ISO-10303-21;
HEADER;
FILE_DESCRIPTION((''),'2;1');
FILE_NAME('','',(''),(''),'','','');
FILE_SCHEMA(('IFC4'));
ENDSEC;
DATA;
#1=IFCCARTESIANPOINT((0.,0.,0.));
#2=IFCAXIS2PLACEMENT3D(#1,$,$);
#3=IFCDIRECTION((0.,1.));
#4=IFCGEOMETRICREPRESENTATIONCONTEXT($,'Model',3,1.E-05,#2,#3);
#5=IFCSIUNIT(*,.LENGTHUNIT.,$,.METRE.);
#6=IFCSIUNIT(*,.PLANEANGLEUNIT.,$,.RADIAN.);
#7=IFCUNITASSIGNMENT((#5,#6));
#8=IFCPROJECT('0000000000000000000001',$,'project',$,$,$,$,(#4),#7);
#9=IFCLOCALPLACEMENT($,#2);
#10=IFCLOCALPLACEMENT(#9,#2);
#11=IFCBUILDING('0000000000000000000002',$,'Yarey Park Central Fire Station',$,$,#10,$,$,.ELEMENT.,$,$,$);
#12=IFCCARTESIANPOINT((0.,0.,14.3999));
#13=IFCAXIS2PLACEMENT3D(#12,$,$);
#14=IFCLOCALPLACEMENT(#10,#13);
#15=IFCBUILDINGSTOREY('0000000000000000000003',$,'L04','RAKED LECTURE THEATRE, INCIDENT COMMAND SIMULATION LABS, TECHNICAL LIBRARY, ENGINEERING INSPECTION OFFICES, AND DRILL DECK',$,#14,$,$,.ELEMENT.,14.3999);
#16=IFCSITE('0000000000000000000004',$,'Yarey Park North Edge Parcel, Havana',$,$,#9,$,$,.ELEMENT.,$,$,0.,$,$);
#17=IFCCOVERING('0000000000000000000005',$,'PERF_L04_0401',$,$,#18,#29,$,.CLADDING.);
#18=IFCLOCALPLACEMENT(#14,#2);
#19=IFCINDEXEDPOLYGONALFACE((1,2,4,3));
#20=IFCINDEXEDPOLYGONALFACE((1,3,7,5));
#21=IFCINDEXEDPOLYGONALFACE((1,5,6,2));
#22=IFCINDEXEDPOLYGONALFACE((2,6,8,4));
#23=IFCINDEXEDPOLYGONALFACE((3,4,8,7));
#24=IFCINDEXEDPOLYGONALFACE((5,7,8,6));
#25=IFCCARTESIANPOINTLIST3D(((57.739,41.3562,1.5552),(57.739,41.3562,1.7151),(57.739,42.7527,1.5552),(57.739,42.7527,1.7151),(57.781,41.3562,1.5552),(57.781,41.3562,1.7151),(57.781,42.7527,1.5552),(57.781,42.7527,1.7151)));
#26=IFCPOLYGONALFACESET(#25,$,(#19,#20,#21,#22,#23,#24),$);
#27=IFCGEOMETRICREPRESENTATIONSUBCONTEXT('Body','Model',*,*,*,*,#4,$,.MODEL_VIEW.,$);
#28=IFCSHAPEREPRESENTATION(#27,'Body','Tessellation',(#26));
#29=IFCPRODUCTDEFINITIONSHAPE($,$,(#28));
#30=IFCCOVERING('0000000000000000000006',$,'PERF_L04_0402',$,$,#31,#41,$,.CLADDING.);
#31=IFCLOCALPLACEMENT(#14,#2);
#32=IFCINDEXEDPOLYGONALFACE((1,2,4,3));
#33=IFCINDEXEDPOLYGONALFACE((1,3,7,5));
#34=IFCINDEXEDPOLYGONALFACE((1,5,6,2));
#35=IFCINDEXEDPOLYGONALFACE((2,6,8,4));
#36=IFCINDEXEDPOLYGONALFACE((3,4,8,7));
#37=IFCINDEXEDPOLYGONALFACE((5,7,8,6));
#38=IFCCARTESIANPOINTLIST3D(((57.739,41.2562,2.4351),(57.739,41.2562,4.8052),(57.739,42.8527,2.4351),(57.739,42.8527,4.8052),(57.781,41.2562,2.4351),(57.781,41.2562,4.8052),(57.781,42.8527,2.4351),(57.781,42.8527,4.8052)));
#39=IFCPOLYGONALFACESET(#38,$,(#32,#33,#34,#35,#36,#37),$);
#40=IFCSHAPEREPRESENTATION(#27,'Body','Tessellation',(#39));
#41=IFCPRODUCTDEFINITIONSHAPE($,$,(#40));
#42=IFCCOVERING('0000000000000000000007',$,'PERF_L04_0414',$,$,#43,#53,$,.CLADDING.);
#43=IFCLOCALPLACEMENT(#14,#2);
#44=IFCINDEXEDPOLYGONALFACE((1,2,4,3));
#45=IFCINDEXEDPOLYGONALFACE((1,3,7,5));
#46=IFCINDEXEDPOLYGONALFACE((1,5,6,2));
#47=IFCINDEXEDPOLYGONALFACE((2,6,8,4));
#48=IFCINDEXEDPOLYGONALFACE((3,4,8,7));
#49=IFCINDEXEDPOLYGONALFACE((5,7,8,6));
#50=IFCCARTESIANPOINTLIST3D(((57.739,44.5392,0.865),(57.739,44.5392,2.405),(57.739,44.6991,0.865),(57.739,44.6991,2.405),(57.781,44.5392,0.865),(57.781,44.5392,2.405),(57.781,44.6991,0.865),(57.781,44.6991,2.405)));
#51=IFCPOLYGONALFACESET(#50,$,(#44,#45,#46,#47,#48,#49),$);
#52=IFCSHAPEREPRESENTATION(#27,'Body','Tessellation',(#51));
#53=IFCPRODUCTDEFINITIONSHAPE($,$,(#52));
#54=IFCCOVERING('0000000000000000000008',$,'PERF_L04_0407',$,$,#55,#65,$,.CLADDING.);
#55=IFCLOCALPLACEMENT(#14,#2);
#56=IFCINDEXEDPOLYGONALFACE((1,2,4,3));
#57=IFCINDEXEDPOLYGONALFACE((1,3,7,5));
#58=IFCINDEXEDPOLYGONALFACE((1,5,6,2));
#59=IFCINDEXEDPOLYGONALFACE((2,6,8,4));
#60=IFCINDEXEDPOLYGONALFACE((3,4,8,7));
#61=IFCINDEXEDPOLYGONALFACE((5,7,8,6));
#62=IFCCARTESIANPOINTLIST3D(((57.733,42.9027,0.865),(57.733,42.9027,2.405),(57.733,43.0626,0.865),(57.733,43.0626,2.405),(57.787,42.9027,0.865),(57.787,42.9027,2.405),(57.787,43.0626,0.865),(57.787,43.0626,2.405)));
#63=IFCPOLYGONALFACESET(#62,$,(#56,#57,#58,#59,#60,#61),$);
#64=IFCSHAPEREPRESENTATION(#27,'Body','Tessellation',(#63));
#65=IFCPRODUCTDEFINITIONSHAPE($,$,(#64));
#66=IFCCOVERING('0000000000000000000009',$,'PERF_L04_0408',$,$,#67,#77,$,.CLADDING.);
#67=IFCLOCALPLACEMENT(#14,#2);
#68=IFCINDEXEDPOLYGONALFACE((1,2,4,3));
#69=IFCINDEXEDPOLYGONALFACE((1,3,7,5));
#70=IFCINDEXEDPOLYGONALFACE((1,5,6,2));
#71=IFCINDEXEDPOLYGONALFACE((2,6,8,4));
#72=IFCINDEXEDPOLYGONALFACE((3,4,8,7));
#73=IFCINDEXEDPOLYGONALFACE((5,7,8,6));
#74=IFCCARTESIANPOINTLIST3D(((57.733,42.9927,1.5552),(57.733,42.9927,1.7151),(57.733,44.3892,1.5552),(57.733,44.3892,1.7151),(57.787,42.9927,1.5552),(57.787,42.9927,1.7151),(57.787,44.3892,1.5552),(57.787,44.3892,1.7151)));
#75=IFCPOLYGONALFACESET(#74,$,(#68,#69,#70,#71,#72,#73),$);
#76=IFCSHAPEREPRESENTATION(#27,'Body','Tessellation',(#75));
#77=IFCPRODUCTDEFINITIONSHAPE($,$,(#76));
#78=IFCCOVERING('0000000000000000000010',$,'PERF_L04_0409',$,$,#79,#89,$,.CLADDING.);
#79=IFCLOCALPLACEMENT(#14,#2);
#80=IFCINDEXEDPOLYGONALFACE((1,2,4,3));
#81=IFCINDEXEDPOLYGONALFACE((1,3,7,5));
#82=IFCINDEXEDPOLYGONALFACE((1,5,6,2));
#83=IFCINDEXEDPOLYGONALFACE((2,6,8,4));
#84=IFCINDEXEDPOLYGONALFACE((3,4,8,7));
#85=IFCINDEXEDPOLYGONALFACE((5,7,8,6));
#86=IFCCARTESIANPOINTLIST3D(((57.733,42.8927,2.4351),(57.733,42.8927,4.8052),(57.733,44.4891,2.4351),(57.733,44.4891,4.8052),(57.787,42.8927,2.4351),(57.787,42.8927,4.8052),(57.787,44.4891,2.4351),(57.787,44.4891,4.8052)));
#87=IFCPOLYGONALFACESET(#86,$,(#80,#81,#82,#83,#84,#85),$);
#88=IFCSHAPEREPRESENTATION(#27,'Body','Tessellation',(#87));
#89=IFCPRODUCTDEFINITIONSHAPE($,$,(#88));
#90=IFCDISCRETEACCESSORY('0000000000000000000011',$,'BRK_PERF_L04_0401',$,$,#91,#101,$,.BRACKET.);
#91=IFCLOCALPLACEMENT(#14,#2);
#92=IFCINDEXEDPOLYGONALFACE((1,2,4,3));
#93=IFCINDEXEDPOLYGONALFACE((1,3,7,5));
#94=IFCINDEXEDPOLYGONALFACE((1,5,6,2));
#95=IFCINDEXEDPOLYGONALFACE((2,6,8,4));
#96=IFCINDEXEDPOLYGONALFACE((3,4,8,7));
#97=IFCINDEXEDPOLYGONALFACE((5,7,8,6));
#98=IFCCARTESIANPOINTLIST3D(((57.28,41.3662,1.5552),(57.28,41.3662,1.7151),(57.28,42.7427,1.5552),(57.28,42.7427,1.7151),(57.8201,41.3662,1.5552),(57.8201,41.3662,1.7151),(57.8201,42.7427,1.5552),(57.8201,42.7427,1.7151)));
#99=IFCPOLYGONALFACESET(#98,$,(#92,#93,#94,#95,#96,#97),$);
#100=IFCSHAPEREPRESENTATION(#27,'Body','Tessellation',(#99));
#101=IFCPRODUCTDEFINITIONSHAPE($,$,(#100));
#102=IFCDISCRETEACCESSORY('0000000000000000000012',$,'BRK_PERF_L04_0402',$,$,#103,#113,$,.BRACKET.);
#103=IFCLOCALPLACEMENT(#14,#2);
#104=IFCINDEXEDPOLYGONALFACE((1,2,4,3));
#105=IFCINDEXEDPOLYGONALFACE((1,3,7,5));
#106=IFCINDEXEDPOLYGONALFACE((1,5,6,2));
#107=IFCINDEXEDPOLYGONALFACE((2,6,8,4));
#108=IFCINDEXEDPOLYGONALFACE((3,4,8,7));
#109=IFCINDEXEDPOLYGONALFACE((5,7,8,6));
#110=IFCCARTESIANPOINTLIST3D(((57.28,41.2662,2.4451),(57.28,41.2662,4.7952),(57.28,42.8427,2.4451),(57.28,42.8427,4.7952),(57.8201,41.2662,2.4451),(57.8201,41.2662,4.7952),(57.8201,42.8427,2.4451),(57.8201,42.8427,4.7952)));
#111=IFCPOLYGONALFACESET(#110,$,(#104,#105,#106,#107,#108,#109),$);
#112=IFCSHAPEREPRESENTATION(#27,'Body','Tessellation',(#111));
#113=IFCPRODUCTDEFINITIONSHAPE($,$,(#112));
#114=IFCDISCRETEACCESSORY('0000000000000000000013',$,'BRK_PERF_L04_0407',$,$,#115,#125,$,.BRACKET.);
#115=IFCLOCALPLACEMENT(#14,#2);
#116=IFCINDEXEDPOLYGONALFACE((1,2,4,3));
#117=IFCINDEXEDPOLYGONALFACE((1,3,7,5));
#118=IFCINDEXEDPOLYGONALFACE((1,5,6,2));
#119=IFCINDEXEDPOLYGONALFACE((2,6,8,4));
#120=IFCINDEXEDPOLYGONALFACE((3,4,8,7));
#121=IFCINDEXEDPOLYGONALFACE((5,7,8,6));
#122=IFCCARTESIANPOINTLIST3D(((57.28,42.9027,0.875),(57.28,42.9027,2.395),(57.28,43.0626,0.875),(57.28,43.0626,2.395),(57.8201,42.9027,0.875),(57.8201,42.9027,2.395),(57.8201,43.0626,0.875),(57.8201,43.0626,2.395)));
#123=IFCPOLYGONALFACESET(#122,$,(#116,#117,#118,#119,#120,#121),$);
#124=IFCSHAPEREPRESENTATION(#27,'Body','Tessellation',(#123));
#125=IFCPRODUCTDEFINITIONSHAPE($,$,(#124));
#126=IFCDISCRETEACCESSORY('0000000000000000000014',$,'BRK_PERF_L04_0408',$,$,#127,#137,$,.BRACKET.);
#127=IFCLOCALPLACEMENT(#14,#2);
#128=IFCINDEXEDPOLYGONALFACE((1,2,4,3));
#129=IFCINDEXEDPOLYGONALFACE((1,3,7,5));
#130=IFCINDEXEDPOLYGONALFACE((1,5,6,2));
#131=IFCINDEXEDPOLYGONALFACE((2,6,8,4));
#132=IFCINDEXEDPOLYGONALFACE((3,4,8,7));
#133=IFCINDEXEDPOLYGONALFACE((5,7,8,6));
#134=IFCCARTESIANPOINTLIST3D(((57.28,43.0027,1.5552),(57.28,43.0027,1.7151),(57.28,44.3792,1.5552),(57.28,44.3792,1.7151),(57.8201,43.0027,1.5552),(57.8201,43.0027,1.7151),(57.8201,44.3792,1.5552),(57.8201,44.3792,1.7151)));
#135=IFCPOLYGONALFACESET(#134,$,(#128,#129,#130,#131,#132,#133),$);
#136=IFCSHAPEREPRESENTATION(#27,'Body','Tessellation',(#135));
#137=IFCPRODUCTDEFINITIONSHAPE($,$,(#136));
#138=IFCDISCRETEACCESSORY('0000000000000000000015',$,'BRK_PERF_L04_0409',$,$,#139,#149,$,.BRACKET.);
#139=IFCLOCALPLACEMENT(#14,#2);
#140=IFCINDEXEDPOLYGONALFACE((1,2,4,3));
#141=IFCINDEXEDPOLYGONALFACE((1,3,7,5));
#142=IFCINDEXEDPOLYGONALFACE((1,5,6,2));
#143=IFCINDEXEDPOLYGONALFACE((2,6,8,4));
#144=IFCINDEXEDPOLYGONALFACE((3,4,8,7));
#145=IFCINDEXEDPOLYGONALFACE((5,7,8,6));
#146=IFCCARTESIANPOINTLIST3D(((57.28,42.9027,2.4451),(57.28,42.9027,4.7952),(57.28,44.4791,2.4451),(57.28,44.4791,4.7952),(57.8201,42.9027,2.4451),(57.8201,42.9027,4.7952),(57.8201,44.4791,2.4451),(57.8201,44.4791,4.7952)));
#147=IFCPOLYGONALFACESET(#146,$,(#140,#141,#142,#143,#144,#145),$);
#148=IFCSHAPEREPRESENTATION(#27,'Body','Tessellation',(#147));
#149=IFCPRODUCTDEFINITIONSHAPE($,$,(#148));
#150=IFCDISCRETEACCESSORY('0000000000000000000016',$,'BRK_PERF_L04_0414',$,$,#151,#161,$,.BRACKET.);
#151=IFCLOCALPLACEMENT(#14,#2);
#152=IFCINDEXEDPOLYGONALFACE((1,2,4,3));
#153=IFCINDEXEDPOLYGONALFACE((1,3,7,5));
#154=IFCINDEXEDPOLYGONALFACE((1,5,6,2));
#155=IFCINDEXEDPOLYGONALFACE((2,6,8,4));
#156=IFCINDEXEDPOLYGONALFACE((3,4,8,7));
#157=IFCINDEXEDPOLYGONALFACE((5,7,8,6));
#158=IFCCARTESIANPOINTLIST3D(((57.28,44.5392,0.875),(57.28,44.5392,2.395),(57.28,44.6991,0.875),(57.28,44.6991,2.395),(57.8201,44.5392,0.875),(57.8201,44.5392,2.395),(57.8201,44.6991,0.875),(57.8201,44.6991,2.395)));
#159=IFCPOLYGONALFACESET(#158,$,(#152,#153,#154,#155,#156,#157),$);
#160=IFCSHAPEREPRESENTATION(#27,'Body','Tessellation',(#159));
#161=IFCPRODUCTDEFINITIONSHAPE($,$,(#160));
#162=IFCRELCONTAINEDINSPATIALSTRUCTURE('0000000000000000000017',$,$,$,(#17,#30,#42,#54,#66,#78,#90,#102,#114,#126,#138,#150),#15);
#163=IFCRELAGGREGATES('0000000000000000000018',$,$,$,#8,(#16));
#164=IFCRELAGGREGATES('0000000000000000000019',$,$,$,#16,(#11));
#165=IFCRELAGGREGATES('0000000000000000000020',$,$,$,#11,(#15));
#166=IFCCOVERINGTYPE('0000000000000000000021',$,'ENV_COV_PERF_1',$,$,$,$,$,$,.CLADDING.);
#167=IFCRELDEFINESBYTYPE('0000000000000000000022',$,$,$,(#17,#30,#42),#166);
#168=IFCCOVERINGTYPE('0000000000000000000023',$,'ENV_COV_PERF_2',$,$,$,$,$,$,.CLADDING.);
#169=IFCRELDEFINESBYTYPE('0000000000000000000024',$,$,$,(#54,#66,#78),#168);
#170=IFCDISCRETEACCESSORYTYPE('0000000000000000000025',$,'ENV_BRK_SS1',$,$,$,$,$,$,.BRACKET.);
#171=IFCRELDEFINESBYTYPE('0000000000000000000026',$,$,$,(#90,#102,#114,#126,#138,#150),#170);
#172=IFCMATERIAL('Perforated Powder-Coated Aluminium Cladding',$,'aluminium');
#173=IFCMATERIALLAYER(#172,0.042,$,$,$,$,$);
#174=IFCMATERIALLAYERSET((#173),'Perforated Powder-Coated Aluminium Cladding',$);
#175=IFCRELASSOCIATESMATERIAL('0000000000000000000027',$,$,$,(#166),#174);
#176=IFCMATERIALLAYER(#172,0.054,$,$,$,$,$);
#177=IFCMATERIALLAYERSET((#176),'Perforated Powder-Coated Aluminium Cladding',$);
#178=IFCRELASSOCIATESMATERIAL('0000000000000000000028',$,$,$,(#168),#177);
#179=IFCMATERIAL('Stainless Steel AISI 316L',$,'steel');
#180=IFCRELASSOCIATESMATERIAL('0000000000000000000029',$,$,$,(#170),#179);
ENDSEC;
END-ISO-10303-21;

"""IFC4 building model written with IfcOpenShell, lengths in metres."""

from ifc_helpers import new_model, si_unit, direction, frame, origin, origin_2d, place, context, subcontext, project, spatial, rectangle, extrude, material, layer, layer_set, type_object, element, save


model = new_model("IFC4")

# Units and contexts
model_context = context("Model", 3, precision=1e-05, world=origin(), true_north=direction((0.0, 1.0)))
body_context = subcontext(model_context, "Body", "Model", "MODEL_VIEW")
ifc_project = project(units=[si_unit("LENGTHUNIT", "METRE"), si_unit("PLANEANGLEUNIT", "RADIAN")], contexts=[model_context])

# Site, building, storey
site_placement = place(None, origin())
site = spatial("IfcSite", under=ifc_project, at=site_placement, Name="Yarey Park North Edge Parcel, Havana", CompositionType="ELEMENT", RefElevation=0.0)
building_placement = place(site_placement, origin())
building = spatial("IfcBuilding", under=site, at=building_placement, Name="Yarey Park Central Fire Station", CompositionType="ELEMENT")
storey_placement = place(building_placement, frame((0.0, 0.0, 14.3999)))
storey = spatial("IfcBuildingStorey", under=building, at=storey_placement, Name="L04", Description="RAKED LECTURE THEATRE, INCIDENT COMMAND SIMULATION LABS, TECHNICAL LIBRARY, ENGINEERING INSPECTION OFFICES, AND DRILL DECK", CompositionType="ELEMENT", Elevation=14.3999)

# Coverings
ifc_material_1 = material(Name="Perforated Powder-Coated Aluminium Cladding", Category="aluminium")
ifc_layer_1 = layer(ifc_material_1, 0.042)
ifc_layer_set_1 = layer_set([ifc_layer_1], Name="Perforated Powder-Coated Aluminium Cladding")
covering_type_1 = type_object("IfcCoveringType", Name="ENV_COV_PERF_1", PredefinedType="CLADDING", material=ifc_layer_set_1)
covering_1_placement = place(storey_placement, frame((57.76, 42.0544, 1.5552), z_axis=(0.0, 0.0, 1.0), x_axis=(0.0, 1.0, 0.0)))
element("IfcCovering", 1, at=covering_1_placement, inside=storey, type_object=covering_type_1, Name="PERF_L04_0401", PredefinedType="CLADDING", context=body_context, shape_type="SweptSolid", body=[
    extrude(rectangle(XDim=1.3965, YDim=0.042, at=origin_2d()), origin(), (0.0, 0.0, 1.0), 0.1599),
])
covering_2_placement = place(storey_placement, frame((57.76, 42.0544, 2.4351), z_axis=(0.0, 0.0, 1.0), x_axis=(0.0, 1.0, 0.0)))
element("IfcCovering", 2, at=covering_2_placement, inside=storey, type_object=covering_type_1, Name="PERF_L04_0402", PredefinedType="CLADDING", context=body_context, shape_type="SweptSolid", body=[
    extrude(rectangle(XDim=1.5964, YDim=0.042, at=origin_2d()), origin(), (0.0, 0.0, 1.0), 2.3701),
])
covering_3_placement = place(storey_placement, frame((57.76, 44.6191, 0.865), z_axis=(0.0, 0.0, 1.0), x_axis=(0.0, 1.0, 0.0)))
element("IfcCovering", 3, at=covering_3_placement, inside=storey, type_object=covering_type_1, Name="PERF_L04_0414", PredefinedType="CLADDING", context=body_context, shape_type="SweptSolid", body=[
    extrude(rectangle(XDim=0.1599, YDim=0.042, at=origin_2d()), origin(), (0.0, 0.0, 1.0), 1.54),
])
ifc_layer_2 = layer(ifc_material_1, 0.054)
ifc_layer_set_2 = layer_set([ifc_layer_2], Name="Perforated Powder-Coated Aluminium Cladding")
covering_type_2 = type_object("IfcCoveringType", Name="ENV_COV_PERF_2", PredefinedType="CLADDING", material=ifc_layer_set_2)
covering_4_placement = place(storey_placement, frame((57.76, 42.9827, 0.865), z_axis=(0.0, 0.0, 1.0), x_axis=(0.0, 1.0, 0.0)))
element("IfcCovering", 4, at=covering_4_placement, inside=storey, type_object=covering_type_2, Name="PERF_L04_0407", PredefinedType="CLADDING", context=body_context, shape_type="SweptSolid", body=[
    extrude(rectangle(XDim=0.1599, YDim=0.054, at=origin_2d()), origin(), (0.0, 0.0, 1.0), 1.54),
])
covering_5_placement = place(storey_placement, frame((57.76, 43.6909, 1.5552), z_axis=(0.0, 0.0, 1.0), x_axis=(0.0, 1.0, 0.0)))
element("IfcCovering", 5, at=covering_5_placement, inside=storey, type_object=covering_type_2, Name="PERF_L04_0408", PredefinedType="CLADDING", context=body_context, shape_type="SweptSolid", body=[
    extrude(rectangle(XDim=1.3965, YDim=0.054, at=origin_2d()), origin(), (0.0, 0.0, 1.0), 0.1599),
])
covering_6_placement = place(storey_placement, frame((57.76, 43.6909, 2.4351), z_axis=(0.0, 0.0, 1.0), x_axis=(0.0, 1.0, 0.0)))
element("IfcCovering", 6, at=covering_6_placement, inside=storey, type_object=covering_type_2, Name="PERF_L04_0409", PredefinedType="CLADDING", context=body_context, shape_type="SweptSolid", body=[
    extrude(rectangle(XDim=1.5964, YDim=0.054, at=origin_2d()), origin(), (0.0, 0.0, 1.0), 2.3701),
])

# Discrete accessories
ifc_material_2 = material(Name="Stainless Steel AISI 316L", Category="steel")
discrete_accessory_type = type_object("IfcDiscreteAccessoryType", Name="ENV_BRK_SS1", PredefinedType="BRACKET", material=ifc_material_2)
discrete_accessory_1_placement = place(storey_placement, frame((57.55, 42.0544, 1.5552), z_axis=(0.0, 0.0, 1.0), x_axis=(1.0, 0.0, 0.0)))
element("IfcDiscreteAccessory", 7, at=discrete_accessory_1_placement, inside=storey, type_object=discrete_accessory_type, Name="BRK_PERF_L04_0401", PredefinedType="BRACKET", context=body_context, shape_type="SweptSolid", body=[
    extrude(rectangle(XDim=0.54, YDim=1.3765, at=origin_2d()), origin(), (0.0, 0.0, 1.0), 0.1599),
])
discrete_accessory_2_placement = place(storey_placement, frame((57.55, 42.0544, 2.4451), z_axis=(0.0, 0.0, 1.0), x_axis=(1.0, 0.0, 0.0)))
element("IfcDiscreteAccessory", 8, at=discrete_accessory_2_placement, inside=storey, type_object=discrete_accessory_type, Name="BRK_PERF_L04_0402", PredefinedType="BRACKET", context=body_context, shape_type="SweptSolid", body=[
    extrude(rectangle(XDim=0.54, YDim=1.5764, at=origin_2d()), origin(), (0.0, 0.0, 1.0), 2.3501),
])
discrete_accessory_3_placement = place(storey_placement, frame((57.55, 42.9827, 0.875), z_axis=(0.0, 0.0, 1.0), x_axis=(1.0, 0.0, 0.0)))
element("IfcDiscreteAccessory", 9, at=discrete_accessory_3_placement, inside=storey, type_object=discrete_accessory_type, Name="BRK_PERF_L04_0407", PredefinedType="BRACKET", context=body_context, shape_type="SweptSolid", body=[
    extrude(rectangle(XDim=0.54, YDim=0.1599, at=origin_2d()), origin(), (0.0, 0.0, 1.0), 1.52),
])
discrete_accessory_4_placement = place(storey_placement, frame((57.55, 43.6909, 1.5552), z_axis=(0.0, 0.0, 1.0), x_axis=(1.0, 0.0, 0.0)))
element("IfcDiscreteAccessory", 10, at=discrete_accessory_4_placement, inside=storey, type_object=discrete_accessory_type, Name="BRK_PERF_L04_0408", PredefinedType="BRACKET", context=body_context, shape_type="SweptSolid", body=[
    extrude(rectangle(XDim=0.54, YDim=1.3765, at=origin_2d()), origin(), (0.0, 0.0, 1.0), 0.1599),
])
discrete_accessory_5_placement = place(storey_placement, frame((57.55, 43.6909, 2.4451), z_axis=(0.0, 0.0, 1.0), x_axis=(1.0, 0.0, 0.0)))
element("IfcDiscreteAccessory", 11, at=discrete_accessory_5_placement, inside=storey, type_object=discrete_accessory_type, Name="BRK_PERF_L04_0409", PredefinedType="BRACKET", context=body_context, shape_type="SweptSolid", body=[
    extrude(rectangle(XDim=0.54, YDim=1.5764, at=origin_2d()), origin(), (0.0, 0.0, 1.0), 2.3501),
])
discrete_accessory_6_placement = place(storey_placement, frame((57.55, 44.6191, 0.875), z_axis=(0.0, 0.0, 1.0), x_axis=(1.0, 0.0, 0.0)))
element("IfcDiscreteAccessory", 12, at=discrete_accessory_6_placement, inside=storey, type_object=discrete_accessory_type, Name="BRK_PERF_L04_0414", PredefinedType="BRACKET", context=body_context, shape_type="SweptSolid", body=[
    extrude(rectangle(XDim=0.54, YDim=0.1599, at=origin_2d()), origin(), (0.0, 0.0, 1.0), 1.52),
])

save(model, "model.ifc")
